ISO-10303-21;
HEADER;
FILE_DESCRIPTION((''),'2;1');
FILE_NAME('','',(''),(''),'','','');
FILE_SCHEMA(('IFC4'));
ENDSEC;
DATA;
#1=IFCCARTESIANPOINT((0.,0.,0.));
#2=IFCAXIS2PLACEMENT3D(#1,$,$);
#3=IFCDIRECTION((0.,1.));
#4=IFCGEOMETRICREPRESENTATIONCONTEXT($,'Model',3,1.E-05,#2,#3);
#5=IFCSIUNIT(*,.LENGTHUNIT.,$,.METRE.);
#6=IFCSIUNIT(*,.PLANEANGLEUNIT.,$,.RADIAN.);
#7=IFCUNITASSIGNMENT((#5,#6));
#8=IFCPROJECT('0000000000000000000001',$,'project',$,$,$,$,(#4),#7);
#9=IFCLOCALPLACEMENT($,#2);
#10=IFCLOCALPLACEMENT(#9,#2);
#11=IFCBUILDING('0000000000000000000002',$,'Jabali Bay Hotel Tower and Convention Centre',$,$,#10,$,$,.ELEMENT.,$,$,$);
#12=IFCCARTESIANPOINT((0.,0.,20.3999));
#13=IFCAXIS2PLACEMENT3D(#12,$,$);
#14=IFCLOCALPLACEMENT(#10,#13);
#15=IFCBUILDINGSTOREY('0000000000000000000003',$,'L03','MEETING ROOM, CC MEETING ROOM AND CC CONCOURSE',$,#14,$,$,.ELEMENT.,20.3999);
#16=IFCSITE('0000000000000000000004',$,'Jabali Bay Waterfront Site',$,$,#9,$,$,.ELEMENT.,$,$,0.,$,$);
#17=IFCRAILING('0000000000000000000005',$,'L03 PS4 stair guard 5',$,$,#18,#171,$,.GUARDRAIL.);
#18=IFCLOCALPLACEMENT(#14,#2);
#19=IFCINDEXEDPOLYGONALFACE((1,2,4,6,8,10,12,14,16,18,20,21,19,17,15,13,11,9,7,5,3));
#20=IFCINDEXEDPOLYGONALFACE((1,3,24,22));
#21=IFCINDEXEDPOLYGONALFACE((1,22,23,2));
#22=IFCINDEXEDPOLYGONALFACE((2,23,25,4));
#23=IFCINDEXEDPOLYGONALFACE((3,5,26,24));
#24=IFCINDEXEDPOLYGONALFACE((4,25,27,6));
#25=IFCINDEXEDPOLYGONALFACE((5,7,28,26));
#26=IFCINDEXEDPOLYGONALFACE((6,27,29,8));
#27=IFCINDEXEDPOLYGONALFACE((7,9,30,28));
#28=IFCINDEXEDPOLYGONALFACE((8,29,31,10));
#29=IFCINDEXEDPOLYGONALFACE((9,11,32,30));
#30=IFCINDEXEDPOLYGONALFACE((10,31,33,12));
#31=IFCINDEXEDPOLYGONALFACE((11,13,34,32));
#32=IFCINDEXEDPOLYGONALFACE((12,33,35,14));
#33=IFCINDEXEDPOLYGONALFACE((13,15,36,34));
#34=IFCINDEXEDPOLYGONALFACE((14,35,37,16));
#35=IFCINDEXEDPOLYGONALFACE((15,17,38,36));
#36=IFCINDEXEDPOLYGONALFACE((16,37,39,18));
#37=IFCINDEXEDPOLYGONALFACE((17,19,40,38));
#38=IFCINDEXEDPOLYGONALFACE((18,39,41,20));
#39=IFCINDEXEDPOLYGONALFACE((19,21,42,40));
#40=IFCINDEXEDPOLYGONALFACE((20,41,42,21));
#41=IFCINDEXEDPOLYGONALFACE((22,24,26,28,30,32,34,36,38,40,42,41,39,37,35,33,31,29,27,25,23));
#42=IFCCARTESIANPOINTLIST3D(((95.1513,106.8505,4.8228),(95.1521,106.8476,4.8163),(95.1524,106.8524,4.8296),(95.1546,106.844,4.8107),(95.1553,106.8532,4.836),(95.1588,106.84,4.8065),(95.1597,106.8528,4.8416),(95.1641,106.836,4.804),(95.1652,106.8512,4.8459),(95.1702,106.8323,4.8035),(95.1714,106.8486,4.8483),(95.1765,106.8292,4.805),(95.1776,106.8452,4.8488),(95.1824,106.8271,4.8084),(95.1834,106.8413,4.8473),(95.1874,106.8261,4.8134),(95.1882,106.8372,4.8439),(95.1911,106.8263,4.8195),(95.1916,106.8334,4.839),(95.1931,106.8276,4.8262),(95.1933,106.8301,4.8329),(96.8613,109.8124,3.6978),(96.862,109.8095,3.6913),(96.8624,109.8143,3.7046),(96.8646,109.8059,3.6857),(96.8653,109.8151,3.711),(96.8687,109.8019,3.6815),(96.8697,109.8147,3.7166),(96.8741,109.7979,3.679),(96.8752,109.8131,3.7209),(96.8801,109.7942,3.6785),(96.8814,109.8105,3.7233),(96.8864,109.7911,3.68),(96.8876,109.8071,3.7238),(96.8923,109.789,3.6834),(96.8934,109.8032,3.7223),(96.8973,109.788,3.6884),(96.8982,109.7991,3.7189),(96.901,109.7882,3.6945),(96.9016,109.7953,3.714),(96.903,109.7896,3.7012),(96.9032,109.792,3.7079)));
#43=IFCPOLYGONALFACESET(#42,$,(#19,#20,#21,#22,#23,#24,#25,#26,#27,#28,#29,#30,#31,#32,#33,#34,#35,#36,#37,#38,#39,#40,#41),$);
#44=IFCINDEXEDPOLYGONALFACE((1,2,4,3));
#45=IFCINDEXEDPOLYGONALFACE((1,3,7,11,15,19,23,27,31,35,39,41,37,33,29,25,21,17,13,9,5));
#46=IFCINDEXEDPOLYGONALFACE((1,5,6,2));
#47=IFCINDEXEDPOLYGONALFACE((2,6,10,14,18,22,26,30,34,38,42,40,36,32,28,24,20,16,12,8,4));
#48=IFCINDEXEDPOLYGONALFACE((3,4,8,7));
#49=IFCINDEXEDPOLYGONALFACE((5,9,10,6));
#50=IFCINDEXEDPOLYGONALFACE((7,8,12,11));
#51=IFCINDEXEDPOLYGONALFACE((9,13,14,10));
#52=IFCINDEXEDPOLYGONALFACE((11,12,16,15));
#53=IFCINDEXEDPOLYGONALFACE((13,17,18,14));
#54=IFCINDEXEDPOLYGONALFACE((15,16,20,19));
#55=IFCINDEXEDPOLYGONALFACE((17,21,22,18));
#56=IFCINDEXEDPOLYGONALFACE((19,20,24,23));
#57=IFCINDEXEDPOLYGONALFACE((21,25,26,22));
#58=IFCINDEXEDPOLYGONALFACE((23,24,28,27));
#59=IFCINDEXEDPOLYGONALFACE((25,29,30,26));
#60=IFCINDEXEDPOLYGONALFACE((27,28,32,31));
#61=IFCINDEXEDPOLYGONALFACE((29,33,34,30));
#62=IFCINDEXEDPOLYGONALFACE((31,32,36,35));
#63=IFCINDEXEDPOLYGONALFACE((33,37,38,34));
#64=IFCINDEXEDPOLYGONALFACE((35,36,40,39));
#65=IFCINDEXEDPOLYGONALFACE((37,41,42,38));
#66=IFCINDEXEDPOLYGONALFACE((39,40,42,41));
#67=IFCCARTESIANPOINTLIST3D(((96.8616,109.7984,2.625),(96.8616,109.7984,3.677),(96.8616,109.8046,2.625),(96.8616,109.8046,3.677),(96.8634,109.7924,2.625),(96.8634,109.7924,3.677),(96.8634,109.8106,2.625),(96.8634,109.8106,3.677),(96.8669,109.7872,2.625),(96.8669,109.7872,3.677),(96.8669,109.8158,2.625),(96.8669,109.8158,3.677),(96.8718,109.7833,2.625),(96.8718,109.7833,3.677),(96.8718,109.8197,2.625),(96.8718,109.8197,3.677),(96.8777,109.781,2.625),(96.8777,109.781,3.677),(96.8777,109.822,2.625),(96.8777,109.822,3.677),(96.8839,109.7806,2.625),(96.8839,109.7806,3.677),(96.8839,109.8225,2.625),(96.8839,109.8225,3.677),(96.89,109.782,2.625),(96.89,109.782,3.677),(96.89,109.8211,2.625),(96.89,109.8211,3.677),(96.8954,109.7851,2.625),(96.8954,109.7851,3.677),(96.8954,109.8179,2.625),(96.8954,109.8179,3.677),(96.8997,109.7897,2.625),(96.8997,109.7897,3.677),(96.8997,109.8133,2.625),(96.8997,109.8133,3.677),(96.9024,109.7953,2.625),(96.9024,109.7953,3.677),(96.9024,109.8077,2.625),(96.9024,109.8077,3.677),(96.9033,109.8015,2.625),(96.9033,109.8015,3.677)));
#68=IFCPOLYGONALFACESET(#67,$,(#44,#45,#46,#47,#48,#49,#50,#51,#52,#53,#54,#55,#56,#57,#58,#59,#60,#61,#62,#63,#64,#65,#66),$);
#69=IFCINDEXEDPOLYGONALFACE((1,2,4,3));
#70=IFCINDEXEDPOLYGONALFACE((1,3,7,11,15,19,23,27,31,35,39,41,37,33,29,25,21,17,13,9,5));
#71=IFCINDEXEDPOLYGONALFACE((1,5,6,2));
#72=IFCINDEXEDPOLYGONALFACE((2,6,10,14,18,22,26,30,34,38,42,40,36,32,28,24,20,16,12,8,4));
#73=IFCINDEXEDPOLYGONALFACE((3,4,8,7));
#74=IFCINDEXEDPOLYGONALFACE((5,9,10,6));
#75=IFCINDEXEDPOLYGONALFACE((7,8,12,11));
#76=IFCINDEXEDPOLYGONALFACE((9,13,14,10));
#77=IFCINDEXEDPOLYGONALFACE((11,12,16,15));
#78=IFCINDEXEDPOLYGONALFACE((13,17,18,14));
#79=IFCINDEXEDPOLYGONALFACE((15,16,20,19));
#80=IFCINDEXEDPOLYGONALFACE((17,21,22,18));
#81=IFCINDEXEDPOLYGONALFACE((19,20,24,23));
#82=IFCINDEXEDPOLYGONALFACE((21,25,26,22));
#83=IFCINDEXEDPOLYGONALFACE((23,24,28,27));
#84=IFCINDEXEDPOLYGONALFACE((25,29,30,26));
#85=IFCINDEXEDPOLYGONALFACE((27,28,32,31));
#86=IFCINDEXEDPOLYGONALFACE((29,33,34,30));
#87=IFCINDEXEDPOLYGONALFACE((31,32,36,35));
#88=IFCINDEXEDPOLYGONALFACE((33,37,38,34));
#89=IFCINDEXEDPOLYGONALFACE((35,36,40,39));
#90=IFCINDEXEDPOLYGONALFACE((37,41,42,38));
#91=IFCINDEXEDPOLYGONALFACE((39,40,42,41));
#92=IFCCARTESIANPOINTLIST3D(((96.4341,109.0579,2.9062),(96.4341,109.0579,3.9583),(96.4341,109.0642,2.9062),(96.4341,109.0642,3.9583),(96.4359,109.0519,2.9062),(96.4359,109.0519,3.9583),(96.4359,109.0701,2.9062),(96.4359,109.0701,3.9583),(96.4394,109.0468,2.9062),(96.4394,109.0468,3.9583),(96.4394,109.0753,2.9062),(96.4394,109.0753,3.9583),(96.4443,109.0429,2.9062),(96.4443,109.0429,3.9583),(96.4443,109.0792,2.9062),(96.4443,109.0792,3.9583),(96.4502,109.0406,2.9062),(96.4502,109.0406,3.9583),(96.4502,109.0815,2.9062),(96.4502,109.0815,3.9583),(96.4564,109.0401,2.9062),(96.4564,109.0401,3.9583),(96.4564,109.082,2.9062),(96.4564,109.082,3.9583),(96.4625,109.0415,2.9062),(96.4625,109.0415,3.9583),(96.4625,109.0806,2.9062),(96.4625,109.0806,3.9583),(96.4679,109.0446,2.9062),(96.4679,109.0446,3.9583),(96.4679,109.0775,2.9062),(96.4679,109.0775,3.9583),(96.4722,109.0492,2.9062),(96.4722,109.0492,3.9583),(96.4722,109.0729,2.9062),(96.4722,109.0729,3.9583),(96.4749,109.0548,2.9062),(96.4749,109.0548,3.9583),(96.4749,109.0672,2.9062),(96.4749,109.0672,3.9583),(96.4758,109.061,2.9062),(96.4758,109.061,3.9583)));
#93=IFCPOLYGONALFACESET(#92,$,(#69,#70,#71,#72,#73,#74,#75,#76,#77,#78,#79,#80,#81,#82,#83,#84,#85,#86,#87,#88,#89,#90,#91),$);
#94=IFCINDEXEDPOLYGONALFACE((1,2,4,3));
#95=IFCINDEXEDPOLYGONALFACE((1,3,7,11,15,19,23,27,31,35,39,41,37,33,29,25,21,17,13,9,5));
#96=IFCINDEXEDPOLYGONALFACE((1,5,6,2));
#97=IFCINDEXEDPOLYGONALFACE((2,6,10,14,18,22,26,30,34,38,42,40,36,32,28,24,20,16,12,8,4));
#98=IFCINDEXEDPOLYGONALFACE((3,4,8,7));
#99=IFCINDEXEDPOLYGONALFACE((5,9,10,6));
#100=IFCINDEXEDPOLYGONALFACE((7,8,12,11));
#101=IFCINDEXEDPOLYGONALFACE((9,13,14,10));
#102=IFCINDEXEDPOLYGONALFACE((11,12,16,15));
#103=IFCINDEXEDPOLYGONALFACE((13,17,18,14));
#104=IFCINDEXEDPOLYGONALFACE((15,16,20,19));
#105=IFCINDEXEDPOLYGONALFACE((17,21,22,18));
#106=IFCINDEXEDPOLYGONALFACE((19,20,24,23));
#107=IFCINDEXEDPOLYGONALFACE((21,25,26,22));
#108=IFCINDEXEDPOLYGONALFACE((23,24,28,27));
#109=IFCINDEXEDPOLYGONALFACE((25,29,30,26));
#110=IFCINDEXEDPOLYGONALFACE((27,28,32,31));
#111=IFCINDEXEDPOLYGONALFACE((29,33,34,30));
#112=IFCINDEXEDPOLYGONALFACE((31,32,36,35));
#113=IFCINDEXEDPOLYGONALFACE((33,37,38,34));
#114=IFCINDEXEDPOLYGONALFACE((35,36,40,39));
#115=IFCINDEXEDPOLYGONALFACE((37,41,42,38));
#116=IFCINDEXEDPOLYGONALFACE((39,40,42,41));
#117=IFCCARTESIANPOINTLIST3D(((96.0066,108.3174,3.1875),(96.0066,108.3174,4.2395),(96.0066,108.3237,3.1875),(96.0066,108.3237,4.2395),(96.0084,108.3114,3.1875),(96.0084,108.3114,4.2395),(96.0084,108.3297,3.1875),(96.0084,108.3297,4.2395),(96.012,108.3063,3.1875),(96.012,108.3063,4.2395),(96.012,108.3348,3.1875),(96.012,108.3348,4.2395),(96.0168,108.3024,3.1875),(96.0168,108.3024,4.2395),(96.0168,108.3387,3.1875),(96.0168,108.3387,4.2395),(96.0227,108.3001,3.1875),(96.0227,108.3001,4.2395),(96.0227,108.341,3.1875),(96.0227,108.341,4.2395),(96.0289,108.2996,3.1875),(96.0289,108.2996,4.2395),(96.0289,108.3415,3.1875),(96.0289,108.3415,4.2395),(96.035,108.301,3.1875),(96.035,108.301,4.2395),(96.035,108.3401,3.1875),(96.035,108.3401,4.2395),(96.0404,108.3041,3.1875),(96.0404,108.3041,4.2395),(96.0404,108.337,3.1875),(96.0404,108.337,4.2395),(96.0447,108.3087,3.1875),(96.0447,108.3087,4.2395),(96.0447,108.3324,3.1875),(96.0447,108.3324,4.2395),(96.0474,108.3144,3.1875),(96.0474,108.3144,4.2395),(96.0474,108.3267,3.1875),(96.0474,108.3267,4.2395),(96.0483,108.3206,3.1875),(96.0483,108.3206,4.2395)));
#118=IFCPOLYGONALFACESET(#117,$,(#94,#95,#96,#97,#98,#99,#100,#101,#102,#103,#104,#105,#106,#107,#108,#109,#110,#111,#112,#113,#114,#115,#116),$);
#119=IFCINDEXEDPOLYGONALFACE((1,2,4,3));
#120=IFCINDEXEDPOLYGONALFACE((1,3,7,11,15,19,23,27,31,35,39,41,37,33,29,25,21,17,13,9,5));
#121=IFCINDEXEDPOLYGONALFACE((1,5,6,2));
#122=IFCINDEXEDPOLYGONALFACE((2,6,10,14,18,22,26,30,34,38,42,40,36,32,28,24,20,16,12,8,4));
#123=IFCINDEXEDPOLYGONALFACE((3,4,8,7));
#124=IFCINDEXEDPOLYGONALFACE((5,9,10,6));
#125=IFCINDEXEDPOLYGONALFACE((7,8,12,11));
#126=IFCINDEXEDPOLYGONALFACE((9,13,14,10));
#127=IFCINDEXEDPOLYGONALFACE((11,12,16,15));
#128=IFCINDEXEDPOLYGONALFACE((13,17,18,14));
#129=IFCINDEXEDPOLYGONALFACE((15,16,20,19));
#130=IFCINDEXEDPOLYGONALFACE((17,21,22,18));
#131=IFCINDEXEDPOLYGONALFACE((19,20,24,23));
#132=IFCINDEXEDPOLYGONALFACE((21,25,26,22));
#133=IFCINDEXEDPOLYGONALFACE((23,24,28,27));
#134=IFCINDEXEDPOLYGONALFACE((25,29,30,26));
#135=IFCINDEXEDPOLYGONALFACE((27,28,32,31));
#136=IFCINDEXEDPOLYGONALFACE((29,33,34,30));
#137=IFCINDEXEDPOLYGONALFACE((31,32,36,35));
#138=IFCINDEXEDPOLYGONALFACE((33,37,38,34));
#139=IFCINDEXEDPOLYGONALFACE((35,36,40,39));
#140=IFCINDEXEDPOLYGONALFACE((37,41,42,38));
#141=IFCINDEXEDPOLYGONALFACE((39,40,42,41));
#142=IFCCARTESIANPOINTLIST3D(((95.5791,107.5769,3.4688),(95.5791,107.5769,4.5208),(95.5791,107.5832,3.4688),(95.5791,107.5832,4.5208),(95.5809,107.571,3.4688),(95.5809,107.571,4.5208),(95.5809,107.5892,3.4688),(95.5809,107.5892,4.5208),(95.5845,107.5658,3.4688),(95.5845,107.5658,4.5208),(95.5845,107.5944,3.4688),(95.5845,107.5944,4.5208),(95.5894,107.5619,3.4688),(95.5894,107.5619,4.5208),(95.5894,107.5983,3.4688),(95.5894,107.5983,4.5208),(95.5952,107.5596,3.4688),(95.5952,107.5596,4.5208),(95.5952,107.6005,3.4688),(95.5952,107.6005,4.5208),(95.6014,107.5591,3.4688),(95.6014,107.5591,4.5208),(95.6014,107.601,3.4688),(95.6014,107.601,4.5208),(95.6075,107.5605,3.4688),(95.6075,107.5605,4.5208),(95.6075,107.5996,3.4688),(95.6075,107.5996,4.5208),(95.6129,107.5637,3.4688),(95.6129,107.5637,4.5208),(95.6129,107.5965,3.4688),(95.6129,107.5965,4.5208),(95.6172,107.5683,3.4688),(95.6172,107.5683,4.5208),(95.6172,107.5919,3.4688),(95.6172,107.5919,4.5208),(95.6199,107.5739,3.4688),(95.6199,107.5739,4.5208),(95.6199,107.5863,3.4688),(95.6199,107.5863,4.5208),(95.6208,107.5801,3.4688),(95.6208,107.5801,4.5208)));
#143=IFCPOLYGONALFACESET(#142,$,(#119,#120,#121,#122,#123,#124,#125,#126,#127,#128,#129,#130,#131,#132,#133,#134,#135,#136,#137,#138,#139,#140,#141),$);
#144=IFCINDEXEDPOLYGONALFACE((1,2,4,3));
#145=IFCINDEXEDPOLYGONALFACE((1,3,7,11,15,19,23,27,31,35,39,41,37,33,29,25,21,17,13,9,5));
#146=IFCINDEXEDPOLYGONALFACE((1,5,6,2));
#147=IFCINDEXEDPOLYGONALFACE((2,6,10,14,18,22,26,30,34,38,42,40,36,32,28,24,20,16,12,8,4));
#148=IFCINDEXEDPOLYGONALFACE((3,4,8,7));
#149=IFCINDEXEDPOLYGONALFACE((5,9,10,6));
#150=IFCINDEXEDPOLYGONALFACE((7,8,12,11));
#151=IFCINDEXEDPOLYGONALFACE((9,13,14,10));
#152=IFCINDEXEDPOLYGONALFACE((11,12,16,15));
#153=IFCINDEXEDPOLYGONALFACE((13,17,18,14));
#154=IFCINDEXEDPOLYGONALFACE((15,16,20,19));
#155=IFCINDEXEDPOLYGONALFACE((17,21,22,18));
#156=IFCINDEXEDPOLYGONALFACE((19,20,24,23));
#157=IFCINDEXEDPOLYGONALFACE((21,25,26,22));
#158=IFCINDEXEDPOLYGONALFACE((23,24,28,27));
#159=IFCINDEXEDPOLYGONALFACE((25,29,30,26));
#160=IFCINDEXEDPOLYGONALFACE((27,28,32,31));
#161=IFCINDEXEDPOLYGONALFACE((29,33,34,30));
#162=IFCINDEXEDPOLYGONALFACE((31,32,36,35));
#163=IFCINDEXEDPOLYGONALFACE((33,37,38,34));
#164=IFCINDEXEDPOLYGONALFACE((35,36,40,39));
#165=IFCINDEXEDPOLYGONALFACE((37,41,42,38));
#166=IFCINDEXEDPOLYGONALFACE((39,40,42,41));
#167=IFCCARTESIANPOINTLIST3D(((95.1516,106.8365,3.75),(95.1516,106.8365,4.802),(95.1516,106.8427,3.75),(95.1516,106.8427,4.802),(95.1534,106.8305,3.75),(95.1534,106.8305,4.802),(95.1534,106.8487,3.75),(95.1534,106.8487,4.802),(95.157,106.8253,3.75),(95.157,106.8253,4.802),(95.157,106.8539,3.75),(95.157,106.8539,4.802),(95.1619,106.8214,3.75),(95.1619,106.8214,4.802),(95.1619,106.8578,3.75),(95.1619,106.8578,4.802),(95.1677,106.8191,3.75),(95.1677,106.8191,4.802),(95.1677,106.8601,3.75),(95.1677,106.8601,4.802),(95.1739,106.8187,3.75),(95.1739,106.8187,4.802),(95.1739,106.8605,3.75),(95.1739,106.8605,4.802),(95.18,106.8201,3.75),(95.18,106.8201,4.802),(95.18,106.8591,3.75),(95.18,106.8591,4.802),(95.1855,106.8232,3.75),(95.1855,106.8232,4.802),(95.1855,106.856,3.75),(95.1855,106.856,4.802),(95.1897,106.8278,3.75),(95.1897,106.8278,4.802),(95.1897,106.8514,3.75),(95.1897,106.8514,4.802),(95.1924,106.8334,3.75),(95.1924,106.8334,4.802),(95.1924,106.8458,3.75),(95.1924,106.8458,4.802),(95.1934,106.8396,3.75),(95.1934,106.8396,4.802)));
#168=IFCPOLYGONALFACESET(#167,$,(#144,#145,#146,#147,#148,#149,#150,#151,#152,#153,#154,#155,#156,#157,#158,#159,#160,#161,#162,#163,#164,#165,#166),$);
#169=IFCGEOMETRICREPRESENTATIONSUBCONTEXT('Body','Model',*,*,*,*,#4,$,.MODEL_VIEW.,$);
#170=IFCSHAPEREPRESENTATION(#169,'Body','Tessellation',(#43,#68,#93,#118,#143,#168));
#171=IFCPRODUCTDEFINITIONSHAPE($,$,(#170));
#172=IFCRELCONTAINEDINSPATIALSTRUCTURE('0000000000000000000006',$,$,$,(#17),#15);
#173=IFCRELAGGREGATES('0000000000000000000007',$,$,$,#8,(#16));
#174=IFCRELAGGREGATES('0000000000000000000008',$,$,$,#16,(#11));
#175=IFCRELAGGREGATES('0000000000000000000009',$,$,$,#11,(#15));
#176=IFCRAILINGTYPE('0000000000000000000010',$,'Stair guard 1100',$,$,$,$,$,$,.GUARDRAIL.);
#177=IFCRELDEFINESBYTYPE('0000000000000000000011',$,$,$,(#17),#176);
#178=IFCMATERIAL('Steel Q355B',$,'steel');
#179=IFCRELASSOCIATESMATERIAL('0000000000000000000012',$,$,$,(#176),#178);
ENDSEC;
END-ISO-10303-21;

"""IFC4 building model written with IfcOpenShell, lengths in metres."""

from ifc_helpers import new_model, si_unit, direction, frame, origin, origin_2d, place, context, subcontext, project, spatial, circle, extrude, material, type_object, element, save


model = new_model("IFC4")

# Units and contexts
model_context = context("Model", 3, precision=1e-05, world=origin(), true_north=direction((0.0, 1.0)))
body_context = subcontext(model_context, "Body", "Model", "MODEL_VIEW")
ifc_project = project(units=[si_unit("LENGTHUNIT", "METRE"), si_unit("PLANEANGLEUNIT", "RADIAN")], contexts=[model_context])

# Site, building, storey
site_placement = place(None, origin())
site = spatial("IfcSite", under=ifc_project, at=site_placement, Name="Jabali Bay Waterfront Site", CompositionType="ELEMENT", RefElevation=0.0)
building_placement = place(site_placement, origin())
building = spatial("IfcBuilding", under=site, at=building_placement, Name="Jabali Bay Hotel Tower and Convention Centre", CompositionType="ELEMENT")
storey_placement = place(building_placement, frame((0.0, 0.0, 20.3999)))
storey = spatial("IfcBuildingStorey", under=building, at=storey_placement, Name="L03", Description="MEETING ROOM, CC MEETING ROOM AND CC CONCOURSE", CompositionType="ELEMENT", Elevation=20.3999)

# Railing
ifc_material_1 = material(Name="Steel Q355B", Category="steel")
railing_type_1 = type_object("IfcRailingType", Name="Stair guard 1100", PredefinedType="GUARDRAIL", material=ifc_material_1)
railing_1_placement = place(storey_placement, frame((96.8823, 109.8015, 2.625)))
element("IfcRailing", 1, at=railing_1_placement, inside=storey, type_object=railing_type_1, Name="L03 PS4 stair guard 5", PredefinedType="GUARDRAIL", context=body_context, shape_type="SweptSolid", body=[
    extrude(circle(Radius=0.0239, at=origin_2d()), frame((0.0, 0.0, 1.0762), z_axis=(-0.474943, -0.822674, 0.31247), x_axis=(0.866038, -0.499978, 0.0)), (0.0, 0.0, 1.0), 3.6003),
    extrude(circle(Radius=0.021, at=origin_2d()), origin(), (0.0, 0.0, 1.0), 1.052),
    extrude(circle(Radius=0.021, at=origin_2d()), frame((-0.4275, -0.7405, 0.2812)), (0.0, 0.0, 1.0), 1.052),
    extrude(circle(Radius=0.021, at=origin_2d()), frame((-0.855, -1.481, 0.5625)), (0.0, 0.0, 1.0), 1.052),
    extrude(circle(Radius=0.021, at=origin_2d()), frame((-1.2825, -2.2214, 0.8438)), (0.0, 0.0, 1.0), 1.052),
    extrude(circle(Radius=0.021, at=origin_2d()), frame((-1.71, -2.9619, 1.125)), (0.0, 0.0, 1.0), 1.052),
])

save(model, "model.ifc")
